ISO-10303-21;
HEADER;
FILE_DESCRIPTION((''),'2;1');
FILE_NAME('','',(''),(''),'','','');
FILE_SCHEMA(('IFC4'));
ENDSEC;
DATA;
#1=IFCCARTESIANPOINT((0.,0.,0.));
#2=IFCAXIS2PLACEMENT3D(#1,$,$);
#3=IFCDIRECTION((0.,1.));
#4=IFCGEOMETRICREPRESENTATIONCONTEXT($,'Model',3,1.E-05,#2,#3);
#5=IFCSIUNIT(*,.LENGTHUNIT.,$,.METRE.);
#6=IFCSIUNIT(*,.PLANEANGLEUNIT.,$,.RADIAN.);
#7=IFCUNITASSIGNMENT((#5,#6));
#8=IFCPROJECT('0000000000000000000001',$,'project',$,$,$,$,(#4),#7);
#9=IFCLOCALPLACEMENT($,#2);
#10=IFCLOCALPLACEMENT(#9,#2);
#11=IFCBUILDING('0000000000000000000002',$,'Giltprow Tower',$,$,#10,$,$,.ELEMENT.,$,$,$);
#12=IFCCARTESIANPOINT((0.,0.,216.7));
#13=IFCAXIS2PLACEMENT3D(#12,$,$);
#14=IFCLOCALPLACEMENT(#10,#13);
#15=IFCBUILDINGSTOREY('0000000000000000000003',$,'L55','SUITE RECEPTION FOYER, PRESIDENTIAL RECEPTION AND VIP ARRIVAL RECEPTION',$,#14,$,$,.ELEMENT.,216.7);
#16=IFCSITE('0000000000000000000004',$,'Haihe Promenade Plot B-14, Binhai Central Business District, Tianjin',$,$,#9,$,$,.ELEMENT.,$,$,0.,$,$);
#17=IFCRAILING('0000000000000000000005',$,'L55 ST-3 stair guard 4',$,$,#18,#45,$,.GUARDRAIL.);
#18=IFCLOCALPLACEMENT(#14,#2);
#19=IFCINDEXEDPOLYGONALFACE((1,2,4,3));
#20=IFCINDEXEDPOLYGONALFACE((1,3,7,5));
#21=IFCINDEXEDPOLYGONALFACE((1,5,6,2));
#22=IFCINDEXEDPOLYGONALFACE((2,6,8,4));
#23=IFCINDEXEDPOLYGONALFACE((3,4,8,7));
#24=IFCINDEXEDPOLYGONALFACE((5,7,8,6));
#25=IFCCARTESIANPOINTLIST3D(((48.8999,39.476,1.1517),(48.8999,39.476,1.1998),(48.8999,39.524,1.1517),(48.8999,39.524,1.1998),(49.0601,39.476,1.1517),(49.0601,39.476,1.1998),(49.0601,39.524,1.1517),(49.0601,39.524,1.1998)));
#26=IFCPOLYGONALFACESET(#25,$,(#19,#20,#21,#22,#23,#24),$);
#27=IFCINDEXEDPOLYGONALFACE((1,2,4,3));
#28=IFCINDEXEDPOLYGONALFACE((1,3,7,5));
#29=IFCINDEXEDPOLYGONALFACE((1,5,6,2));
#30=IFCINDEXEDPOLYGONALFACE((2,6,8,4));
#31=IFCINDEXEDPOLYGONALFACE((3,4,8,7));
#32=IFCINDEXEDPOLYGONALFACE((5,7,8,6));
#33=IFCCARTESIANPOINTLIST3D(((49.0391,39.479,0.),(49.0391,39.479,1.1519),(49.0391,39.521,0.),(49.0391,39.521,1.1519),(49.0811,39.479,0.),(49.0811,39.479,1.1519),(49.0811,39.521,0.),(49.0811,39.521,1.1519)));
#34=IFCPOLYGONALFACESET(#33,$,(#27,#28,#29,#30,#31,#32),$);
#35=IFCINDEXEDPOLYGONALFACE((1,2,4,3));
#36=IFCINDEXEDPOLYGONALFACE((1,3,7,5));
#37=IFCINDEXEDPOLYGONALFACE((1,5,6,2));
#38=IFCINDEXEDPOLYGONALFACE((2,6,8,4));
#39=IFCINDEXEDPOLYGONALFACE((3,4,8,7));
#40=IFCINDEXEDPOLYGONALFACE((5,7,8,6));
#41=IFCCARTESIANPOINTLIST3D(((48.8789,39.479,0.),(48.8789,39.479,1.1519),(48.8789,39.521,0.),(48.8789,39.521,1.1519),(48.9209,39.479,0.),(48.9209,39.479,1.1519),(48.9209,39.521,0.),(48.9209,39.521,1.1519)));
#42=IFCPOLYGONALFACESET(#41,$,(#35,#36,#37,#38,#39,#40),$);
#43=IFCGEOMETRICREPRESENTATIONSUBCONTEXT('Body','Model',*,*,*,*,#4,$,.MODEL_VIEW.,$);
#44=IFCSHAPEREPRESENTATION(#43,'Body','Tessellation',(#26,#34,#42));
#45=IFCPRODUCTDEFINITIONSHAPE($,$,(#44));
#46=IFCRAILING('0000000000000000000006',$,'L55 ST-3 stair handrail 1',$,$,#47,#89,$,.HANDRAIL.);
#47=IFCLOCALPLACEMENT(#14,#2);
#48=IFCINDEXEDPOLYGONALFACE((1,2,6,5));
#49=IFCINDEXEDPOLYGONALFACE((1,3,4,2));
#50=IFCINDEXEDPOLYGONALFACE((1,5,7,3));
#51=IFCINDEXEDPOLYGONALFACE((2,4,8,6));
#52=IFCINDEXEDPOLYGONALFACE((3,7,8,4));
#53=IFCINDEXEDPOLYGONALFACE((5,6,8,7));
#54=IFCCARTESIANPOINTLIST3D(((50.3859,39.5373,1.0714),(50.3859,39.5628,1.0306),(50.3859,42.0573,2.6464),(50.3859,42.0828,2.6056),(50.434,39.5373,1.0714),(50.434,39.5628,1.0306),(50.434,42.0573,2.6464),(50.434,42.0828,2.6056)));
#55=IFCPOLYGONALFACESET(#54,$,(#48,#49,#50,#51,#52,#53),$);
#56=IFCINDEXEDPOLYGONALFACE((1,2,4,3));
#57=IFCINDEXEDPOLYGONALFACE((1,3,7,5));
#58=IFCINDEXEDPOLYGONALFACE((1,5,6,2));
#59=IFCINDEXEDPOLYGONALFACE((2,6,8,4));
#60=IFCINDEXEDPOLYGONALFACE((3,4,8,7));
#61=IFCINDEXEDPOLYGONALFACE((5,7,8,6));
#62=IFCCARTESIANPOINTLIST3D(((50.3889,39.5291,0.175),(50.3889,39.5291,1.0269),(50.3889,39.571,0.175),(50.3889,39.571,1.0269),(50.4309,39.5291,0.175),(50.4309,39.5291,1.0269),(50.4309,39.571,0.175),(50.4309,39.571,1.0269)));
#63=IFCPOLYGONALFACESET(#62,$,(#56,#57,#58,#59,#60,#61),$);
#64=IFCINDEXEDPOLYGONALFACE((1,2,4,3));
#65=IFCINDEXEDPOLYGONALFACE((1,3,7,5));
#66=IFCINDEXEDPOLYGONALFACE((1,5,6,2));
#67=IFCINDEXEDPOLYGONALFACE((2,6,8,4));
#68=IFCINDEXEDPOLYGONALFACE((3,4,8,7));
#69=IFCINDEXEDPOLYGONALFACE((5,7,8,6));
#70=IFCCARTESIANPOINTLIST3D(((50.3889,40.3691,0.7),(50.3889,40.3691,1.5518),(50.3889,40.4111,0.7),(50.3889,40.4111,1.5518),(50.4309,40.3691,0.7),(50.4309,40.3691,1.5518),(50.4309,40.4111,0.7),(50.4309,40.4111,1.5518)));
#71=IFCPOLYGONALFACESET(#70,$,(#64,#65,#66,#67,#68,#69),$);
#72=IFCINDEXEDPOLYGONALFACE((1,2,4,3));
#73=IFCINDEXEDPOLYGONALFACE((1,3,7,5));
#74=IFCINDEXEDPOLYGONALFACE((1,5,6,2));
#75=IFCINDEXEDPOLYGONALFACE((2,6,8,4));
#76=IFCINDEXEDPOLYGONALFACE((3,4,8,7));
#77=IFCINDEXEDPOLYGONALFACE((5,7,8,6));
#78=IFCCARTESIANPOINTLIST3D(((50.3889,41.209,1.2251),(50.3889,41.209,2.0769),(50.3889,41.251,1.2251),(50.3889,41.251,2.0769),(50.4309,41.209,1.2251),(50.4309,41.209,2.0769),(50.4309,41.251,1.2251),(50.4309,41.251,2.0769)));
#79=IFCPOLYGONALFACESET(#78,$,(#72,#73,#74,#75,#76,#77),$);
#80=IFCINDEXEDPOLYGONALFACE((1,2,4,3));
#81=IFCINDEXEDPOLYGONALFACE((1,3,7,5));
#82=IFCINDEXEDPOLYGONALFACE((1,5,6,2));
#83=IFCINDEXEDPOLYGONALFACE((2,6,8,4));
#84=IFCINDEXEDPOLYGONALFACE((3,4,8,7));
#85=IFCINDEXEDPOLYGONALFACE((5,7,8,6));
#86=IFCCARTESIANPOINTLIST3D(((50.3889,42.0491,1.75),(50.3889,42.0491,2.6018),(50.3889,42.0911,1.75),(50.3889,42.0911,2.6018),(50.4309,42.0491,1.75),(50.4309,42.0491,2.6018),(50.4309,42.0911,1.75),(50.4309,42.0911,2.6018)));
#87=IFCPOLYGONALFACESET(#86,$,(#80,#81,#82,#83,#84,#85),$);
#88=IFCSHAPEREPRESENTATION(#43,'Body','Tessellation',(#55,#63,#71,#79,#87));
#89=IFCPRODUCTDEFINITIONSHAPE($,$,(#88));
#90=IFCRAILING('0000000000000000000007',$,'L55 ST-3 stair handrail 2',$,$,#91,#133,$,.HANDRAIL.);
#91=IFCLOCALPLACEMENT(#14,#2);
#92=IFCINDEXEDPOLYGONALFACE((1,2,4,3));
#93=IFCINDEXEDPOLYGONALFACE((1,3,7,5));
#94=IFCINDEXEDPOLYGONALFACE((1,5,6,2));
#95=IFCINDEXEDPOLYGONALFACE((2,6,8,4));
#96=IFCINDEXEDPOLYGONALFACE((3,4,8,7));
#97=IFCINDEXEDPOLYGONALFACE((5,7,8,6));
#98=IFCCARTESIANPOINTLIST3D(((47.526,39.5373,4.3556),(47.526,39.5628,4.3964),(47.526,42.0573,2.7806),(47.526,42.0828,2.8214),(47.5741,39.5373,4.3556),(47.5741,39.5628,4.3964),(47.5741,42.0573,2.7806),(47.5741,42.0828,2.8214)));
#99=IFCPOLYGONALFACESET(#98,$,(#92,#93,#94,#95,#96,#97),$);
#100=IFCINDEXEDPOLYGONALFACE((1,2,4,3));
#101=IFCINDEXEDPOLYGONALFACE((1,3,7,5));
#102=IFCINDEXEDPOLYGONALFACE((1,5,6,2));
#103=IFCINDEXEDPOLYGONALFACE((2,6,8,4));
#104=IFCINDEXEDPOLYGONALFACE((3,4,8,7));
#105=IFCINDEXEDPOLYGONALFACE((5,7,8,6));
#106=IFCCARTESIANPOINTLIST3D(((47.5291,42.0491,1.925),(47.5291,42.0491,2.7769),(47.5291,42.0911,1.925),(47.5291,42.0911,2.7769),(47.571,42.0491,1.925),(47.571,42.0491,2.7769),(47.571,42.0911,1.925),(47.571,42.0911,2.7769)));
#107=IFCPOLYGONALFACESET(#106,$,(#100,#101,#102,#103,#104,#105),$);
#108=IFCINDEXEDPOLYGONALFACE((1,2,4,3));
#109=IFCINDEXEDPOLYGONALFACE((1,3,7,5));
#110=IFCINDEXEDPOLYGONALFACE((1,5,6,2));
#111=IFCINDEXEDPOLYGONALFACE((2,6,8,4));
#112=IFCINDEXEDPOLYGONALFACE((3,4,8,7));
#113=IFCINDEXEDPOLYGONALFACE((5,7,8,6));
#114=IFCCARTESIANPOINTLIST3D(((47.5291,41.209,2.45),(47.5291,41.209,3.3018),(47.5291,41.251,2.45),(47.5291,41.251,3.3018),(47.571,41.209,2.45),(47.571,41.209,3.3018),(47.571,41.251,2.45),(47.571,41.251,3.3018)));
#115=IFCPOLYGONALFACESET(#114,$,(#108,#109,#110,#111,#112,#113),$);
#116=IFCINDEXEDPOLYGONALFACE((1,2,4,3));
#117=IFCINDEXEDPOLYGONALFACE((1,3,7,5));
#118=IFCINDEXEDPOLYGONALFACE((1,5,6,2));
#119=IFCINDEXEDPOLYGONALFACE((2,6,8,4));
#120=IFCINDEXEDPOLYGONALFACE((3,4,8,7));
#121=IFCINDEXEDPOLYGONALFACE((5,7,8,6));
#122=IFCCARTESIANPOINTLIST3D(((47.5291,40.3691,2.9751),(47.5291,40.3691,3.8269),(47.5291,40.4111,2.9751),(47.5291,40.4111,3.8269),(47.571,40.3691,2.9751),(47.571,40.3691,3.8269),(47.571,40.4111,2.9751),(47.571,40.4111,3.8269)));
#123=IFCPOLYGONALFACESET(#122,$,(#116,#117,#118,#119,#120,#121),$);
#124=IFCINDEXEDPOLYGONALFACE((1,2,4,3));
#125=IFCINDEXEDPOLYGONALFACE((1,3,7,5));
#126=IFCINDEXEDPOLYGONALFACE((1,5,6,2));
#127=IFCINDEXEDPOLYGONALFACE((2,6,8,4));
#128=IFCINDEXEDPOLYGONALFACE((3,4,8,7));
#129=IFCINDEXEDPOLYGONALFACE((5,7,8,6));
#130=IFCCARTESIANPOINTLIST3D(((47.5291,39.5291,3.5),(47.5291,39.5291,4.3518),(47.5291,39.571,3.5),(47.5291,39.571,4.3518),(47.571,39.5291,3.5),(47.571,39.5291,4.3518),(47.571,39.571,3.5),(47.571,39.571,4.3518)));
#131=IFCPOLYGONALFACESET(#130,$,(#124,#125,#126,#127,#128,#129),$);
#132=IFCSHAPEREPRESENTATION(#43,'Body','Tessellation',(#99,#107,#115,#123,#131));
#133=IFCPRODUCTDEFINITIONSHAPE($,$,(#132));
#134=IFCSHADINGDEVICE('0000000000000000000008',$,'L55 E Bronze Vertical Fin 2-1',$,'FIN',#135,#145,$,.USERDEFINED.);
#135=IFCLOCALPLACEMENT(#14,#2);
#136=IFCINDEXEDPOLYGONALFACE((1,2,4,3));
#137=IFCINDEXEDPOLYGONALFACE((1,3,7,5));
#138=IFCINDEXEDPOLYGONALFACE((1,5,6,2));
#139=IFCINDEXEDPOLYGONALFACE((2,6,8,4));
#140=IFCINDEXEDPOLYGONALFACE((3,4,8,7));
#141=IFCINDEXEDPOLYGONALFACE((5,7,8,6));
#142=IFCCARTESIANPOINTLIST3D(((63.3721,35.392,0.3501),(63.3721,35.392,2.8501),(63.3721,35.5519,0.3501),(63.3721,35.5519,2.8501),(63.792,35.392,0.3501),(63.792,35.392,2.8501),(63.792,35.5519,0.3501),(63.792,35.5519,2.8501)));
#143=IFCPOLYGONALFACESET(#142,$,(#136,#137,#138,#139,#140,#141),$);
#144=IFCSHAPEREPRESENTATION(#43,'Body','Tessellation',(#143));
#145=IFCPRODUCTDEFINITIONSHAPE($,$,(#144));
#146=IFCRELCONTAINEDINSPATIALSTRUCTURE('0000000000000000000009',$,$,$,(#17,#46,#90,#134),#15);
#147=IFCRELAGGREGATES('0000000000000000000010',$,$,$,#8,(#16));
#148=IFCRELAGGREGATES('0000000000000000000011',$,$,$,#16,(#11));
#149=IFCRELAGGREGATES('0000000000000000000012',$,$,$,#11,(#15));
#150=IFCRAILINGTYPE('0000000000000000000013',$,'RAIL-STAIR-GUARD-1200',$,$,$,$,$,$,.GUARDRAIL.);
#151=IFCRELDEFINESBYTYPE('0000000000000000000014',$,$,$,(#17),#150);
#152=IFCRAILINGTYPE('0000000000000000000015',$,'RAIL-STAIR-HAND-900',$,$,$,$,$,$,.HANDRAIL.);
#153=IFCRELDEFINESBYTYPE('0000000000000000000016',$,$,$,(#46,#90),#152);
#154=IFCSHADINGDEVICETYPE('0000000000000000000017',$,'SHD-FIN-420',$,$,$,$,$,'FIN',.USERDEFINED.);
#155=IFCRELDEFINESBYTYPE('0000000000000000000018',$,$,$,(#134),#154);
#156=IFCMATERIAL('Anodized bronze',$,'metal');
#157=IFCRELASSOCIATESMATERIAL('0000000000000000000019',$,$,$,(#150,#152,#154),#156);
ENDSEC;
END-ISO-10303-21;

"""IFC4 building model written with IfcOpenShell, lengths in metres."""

from ifc_helpers import new_model, si_unit, direction, frame, origin, origin_2d, place, context, subcontext, project, spatial, rectangle, extrude, source, transform, mapped, material, type_object, element, save


model = new_model("IFC4")

# Units and contexts
model_context = context("Model", 3, precision=1e-05, world=origin(), true_north=direction((0.0, 1.0)))
body_context = subcontext(model_context, "Body", "Model", "MODEL_VIEW")
ifc_project = project(units=[si_unit("LENGTHUNIT", "METRE"), si_unit("PLANEANGLEUNIT", "RADIAN")], contexts=[model_context])

# Site, building, storey
site_placement = place(None, origin())
site = spatial("IfcSite", under=ifc_project, at=site_placement, Name="Haihe Promenade Plot B-14, Binhai Central Business District, Tianjin", CompositionType="ELEMENT", RefElevation=0.0)
building_placement = place(site_placement, origin())
building = spatial("IfcBuilding", under=site, at=building_placement, Name="Giltprow Tower", CompositionType="ELEMENT")
storey_placement = place(building_placement, frame((0.0, 0.0, 216.7)))
storey = spatial("IfcBuildingStorey", under=building, at=storey_placement, Name="L55", Description="SUITE RECEPTION FOYER, PRESIDENTIAL RECEPTION AND VIP ARRIVAL RECEPTION", CompositionType="ELEMENT", Elevation=216.7)

# Railings
ifc_material_1 = material(Name="Anodized bronze", Category="metal")
railing_type_1 = type_object("IfcRailingType", Name="RAIL-STAIR-GUARD-1200", PredefinedType="GUARDRAIL", material=ifc_material_1)
railing_1_placement = place(storey_placement, frame((49.0601, 39.5, 0.0)))
element("IfcRailing", 1, at=railing_1_placement, inside=storey, type_object=railing_type_1, Name="L55 ST-3 stair guard 4", PredefinedType="GUARDRAIL", context=body_context, shape_type="SweptSolid", body=[
    extrude(rectangle(XDim=0.0481, YDim=0.0481, at=origin_2d()), frame((0.0, 0.0, 1.1758), z_axis=(-1.0, 0.0, 0.0), x_axis=(0.0, -1.0, 0.0)), (0.0, 0.0, 1.0), 0.1602),
    extrude(rectangle(XDim=0.042, YDim=0.042, at=origin_2d()), origin(), (0.0, 0.0, 1.0), 1.1519),
    extrude(rectangle(XDim=0.042, YDim=0.042, at=origin_2d()), frame((-0.1602, 0.0, 0.0)), (0.0, 0.0, 1.0), 1.1519),
])
railing_type_2 = type_object("IfcRailingType", Name="RAIL-STAIR-HAND-900", PredefinedType="HANDRAIL", material=ifc_material_1)
railing_2_placement = place(storey_placement, frame((50.4099, 39.55, 0.175)))
element("IfcRailing", 2, at=railing_2_placement, inside=storey, type_object=railing_type_2, Name="L55 ST-3 stair handrail 1", PredefinedType="HANDRAIL", context=body_context, shape_type="SweptSolid", body=[
    extrude(rectangle(XDim=0.0481, YDim=0.0481, at=origin_2d()), frame((0.0, 0.0, 0.876), z_axis=(0.0, 0.848008, 0.529984), x_axis=(-1.0, 0.0, 0.0)), (0.0, 0.0, 1.0), 2.9717),
    extrude(rectangle(XDim=0.042, YDim=0.042, at=origin_2d()), origin(), (0.0, 0.0, 1.0), 0.8518),
    extrude(rectangle(XDim=0.042, YDim=0.042, at=origin_2d()), frame((0.0, 0.8401, 0.5249)), (0.0, 0.0, 1.0), 0.8518),
    extrude(rectangle(XDim=0.042, YDim=0.042, at=origin_2d()), frame((0.0, 1.6799, 1.05)), (0.0, 0.0, 1.0), 0.8518),
    extrude(rectangle(XDim=0.042, YDim=0.042, at=origin_2d()), frame((0.0, 2.52, 1.575)), (0.0, 0.0, 1.0), 0.8518),
])
railing_3_placement = place(storey_placement, frame((47.55, 42.0701, 1.925)))
element("IfcRailing", 3, at=railing_3_placement, inside=storey, type_object=railing_type_2, Name="L55 ST-3 stair handrail 2", PredefinedType="HANDRAIL", context=body_context, shape_type="SweptSolid", body=[
    extrude(rectangle(XDim=0.0481, YDim=0.0481, at=origin_2d()), frame((0.0, 0.0, 0.876), z_axis=(0.0, -0.848008, 0.529984), x_axis=(1.0, 0.0, 0.0)), (0.0, 0.0, 1.0), 2.9717),
    extrude(rectangle(XDim=0.042, YDim=0.042, at=origin_2d()), origin(), (0.0, 0.0, 1.0), 0.8518),
    extrude(rectangle(XDim=0.042, YDim=0.042, at=origin_2d()), frame((0.0, -0.8401, 0.5249)), (0.0, 0.0, 1.0), 0.8518),
    extrude(rectangle(XDim=0.042, YDim=0.042, at=origin_2d()), frame((0.0, -1.6799, 1.05)), (0.0, 0.0, 1.0), 0.8518),
    extrude(rectangle(XDim=0.042, YDim=0.042, at=origin_2d()), frame((0.0, -2.52, 1.575)), (0.0, 0.0, 1.0), 0.8518),
])

# Shading device
shading_device_type = type_object("IfcShadingDeviceType", Name="SHD-FIN-420", ElementType="FIN", PredefinedType="USERDEFINED", material=ifc_material_1)
shared_shape_1 = source(origin(), body_context, "Body", "SweptSolid", [
    extrude(rectangle(XDim=0.4199, YDim=0.1599, at=origin_2d()), origin(), (0.0, 0.0, 1.0), 2.5),
])
shading_device_placement = place(storey_placement, frame((63.582, 35.4719, 0.3501), z_axis=(0.0, 0.0, 1.0), x_axis=(1.0, 0.0, 0.0)))
element("IfcShadingDevice", 4, at=shading_device_placement, inside=storey, type_object=shading_device_type, Name="L55 E Bronze Vertical Fin 2-1", ObjectType="FIN", PredefinedType="USERDEFINED", context=body_context, shape_type="MappedRepresentation", body=[
    mapped(shared_shape_1, transform((0.0, 0.0, 0.0), x_axis=(1.0, 0.0, 0.0), y_axis=(0.0, 1.0, 0.0), z_axis=(0.0, 0.0, 1.0), scale=1.0)),
])

save(model, "model.ifc")
